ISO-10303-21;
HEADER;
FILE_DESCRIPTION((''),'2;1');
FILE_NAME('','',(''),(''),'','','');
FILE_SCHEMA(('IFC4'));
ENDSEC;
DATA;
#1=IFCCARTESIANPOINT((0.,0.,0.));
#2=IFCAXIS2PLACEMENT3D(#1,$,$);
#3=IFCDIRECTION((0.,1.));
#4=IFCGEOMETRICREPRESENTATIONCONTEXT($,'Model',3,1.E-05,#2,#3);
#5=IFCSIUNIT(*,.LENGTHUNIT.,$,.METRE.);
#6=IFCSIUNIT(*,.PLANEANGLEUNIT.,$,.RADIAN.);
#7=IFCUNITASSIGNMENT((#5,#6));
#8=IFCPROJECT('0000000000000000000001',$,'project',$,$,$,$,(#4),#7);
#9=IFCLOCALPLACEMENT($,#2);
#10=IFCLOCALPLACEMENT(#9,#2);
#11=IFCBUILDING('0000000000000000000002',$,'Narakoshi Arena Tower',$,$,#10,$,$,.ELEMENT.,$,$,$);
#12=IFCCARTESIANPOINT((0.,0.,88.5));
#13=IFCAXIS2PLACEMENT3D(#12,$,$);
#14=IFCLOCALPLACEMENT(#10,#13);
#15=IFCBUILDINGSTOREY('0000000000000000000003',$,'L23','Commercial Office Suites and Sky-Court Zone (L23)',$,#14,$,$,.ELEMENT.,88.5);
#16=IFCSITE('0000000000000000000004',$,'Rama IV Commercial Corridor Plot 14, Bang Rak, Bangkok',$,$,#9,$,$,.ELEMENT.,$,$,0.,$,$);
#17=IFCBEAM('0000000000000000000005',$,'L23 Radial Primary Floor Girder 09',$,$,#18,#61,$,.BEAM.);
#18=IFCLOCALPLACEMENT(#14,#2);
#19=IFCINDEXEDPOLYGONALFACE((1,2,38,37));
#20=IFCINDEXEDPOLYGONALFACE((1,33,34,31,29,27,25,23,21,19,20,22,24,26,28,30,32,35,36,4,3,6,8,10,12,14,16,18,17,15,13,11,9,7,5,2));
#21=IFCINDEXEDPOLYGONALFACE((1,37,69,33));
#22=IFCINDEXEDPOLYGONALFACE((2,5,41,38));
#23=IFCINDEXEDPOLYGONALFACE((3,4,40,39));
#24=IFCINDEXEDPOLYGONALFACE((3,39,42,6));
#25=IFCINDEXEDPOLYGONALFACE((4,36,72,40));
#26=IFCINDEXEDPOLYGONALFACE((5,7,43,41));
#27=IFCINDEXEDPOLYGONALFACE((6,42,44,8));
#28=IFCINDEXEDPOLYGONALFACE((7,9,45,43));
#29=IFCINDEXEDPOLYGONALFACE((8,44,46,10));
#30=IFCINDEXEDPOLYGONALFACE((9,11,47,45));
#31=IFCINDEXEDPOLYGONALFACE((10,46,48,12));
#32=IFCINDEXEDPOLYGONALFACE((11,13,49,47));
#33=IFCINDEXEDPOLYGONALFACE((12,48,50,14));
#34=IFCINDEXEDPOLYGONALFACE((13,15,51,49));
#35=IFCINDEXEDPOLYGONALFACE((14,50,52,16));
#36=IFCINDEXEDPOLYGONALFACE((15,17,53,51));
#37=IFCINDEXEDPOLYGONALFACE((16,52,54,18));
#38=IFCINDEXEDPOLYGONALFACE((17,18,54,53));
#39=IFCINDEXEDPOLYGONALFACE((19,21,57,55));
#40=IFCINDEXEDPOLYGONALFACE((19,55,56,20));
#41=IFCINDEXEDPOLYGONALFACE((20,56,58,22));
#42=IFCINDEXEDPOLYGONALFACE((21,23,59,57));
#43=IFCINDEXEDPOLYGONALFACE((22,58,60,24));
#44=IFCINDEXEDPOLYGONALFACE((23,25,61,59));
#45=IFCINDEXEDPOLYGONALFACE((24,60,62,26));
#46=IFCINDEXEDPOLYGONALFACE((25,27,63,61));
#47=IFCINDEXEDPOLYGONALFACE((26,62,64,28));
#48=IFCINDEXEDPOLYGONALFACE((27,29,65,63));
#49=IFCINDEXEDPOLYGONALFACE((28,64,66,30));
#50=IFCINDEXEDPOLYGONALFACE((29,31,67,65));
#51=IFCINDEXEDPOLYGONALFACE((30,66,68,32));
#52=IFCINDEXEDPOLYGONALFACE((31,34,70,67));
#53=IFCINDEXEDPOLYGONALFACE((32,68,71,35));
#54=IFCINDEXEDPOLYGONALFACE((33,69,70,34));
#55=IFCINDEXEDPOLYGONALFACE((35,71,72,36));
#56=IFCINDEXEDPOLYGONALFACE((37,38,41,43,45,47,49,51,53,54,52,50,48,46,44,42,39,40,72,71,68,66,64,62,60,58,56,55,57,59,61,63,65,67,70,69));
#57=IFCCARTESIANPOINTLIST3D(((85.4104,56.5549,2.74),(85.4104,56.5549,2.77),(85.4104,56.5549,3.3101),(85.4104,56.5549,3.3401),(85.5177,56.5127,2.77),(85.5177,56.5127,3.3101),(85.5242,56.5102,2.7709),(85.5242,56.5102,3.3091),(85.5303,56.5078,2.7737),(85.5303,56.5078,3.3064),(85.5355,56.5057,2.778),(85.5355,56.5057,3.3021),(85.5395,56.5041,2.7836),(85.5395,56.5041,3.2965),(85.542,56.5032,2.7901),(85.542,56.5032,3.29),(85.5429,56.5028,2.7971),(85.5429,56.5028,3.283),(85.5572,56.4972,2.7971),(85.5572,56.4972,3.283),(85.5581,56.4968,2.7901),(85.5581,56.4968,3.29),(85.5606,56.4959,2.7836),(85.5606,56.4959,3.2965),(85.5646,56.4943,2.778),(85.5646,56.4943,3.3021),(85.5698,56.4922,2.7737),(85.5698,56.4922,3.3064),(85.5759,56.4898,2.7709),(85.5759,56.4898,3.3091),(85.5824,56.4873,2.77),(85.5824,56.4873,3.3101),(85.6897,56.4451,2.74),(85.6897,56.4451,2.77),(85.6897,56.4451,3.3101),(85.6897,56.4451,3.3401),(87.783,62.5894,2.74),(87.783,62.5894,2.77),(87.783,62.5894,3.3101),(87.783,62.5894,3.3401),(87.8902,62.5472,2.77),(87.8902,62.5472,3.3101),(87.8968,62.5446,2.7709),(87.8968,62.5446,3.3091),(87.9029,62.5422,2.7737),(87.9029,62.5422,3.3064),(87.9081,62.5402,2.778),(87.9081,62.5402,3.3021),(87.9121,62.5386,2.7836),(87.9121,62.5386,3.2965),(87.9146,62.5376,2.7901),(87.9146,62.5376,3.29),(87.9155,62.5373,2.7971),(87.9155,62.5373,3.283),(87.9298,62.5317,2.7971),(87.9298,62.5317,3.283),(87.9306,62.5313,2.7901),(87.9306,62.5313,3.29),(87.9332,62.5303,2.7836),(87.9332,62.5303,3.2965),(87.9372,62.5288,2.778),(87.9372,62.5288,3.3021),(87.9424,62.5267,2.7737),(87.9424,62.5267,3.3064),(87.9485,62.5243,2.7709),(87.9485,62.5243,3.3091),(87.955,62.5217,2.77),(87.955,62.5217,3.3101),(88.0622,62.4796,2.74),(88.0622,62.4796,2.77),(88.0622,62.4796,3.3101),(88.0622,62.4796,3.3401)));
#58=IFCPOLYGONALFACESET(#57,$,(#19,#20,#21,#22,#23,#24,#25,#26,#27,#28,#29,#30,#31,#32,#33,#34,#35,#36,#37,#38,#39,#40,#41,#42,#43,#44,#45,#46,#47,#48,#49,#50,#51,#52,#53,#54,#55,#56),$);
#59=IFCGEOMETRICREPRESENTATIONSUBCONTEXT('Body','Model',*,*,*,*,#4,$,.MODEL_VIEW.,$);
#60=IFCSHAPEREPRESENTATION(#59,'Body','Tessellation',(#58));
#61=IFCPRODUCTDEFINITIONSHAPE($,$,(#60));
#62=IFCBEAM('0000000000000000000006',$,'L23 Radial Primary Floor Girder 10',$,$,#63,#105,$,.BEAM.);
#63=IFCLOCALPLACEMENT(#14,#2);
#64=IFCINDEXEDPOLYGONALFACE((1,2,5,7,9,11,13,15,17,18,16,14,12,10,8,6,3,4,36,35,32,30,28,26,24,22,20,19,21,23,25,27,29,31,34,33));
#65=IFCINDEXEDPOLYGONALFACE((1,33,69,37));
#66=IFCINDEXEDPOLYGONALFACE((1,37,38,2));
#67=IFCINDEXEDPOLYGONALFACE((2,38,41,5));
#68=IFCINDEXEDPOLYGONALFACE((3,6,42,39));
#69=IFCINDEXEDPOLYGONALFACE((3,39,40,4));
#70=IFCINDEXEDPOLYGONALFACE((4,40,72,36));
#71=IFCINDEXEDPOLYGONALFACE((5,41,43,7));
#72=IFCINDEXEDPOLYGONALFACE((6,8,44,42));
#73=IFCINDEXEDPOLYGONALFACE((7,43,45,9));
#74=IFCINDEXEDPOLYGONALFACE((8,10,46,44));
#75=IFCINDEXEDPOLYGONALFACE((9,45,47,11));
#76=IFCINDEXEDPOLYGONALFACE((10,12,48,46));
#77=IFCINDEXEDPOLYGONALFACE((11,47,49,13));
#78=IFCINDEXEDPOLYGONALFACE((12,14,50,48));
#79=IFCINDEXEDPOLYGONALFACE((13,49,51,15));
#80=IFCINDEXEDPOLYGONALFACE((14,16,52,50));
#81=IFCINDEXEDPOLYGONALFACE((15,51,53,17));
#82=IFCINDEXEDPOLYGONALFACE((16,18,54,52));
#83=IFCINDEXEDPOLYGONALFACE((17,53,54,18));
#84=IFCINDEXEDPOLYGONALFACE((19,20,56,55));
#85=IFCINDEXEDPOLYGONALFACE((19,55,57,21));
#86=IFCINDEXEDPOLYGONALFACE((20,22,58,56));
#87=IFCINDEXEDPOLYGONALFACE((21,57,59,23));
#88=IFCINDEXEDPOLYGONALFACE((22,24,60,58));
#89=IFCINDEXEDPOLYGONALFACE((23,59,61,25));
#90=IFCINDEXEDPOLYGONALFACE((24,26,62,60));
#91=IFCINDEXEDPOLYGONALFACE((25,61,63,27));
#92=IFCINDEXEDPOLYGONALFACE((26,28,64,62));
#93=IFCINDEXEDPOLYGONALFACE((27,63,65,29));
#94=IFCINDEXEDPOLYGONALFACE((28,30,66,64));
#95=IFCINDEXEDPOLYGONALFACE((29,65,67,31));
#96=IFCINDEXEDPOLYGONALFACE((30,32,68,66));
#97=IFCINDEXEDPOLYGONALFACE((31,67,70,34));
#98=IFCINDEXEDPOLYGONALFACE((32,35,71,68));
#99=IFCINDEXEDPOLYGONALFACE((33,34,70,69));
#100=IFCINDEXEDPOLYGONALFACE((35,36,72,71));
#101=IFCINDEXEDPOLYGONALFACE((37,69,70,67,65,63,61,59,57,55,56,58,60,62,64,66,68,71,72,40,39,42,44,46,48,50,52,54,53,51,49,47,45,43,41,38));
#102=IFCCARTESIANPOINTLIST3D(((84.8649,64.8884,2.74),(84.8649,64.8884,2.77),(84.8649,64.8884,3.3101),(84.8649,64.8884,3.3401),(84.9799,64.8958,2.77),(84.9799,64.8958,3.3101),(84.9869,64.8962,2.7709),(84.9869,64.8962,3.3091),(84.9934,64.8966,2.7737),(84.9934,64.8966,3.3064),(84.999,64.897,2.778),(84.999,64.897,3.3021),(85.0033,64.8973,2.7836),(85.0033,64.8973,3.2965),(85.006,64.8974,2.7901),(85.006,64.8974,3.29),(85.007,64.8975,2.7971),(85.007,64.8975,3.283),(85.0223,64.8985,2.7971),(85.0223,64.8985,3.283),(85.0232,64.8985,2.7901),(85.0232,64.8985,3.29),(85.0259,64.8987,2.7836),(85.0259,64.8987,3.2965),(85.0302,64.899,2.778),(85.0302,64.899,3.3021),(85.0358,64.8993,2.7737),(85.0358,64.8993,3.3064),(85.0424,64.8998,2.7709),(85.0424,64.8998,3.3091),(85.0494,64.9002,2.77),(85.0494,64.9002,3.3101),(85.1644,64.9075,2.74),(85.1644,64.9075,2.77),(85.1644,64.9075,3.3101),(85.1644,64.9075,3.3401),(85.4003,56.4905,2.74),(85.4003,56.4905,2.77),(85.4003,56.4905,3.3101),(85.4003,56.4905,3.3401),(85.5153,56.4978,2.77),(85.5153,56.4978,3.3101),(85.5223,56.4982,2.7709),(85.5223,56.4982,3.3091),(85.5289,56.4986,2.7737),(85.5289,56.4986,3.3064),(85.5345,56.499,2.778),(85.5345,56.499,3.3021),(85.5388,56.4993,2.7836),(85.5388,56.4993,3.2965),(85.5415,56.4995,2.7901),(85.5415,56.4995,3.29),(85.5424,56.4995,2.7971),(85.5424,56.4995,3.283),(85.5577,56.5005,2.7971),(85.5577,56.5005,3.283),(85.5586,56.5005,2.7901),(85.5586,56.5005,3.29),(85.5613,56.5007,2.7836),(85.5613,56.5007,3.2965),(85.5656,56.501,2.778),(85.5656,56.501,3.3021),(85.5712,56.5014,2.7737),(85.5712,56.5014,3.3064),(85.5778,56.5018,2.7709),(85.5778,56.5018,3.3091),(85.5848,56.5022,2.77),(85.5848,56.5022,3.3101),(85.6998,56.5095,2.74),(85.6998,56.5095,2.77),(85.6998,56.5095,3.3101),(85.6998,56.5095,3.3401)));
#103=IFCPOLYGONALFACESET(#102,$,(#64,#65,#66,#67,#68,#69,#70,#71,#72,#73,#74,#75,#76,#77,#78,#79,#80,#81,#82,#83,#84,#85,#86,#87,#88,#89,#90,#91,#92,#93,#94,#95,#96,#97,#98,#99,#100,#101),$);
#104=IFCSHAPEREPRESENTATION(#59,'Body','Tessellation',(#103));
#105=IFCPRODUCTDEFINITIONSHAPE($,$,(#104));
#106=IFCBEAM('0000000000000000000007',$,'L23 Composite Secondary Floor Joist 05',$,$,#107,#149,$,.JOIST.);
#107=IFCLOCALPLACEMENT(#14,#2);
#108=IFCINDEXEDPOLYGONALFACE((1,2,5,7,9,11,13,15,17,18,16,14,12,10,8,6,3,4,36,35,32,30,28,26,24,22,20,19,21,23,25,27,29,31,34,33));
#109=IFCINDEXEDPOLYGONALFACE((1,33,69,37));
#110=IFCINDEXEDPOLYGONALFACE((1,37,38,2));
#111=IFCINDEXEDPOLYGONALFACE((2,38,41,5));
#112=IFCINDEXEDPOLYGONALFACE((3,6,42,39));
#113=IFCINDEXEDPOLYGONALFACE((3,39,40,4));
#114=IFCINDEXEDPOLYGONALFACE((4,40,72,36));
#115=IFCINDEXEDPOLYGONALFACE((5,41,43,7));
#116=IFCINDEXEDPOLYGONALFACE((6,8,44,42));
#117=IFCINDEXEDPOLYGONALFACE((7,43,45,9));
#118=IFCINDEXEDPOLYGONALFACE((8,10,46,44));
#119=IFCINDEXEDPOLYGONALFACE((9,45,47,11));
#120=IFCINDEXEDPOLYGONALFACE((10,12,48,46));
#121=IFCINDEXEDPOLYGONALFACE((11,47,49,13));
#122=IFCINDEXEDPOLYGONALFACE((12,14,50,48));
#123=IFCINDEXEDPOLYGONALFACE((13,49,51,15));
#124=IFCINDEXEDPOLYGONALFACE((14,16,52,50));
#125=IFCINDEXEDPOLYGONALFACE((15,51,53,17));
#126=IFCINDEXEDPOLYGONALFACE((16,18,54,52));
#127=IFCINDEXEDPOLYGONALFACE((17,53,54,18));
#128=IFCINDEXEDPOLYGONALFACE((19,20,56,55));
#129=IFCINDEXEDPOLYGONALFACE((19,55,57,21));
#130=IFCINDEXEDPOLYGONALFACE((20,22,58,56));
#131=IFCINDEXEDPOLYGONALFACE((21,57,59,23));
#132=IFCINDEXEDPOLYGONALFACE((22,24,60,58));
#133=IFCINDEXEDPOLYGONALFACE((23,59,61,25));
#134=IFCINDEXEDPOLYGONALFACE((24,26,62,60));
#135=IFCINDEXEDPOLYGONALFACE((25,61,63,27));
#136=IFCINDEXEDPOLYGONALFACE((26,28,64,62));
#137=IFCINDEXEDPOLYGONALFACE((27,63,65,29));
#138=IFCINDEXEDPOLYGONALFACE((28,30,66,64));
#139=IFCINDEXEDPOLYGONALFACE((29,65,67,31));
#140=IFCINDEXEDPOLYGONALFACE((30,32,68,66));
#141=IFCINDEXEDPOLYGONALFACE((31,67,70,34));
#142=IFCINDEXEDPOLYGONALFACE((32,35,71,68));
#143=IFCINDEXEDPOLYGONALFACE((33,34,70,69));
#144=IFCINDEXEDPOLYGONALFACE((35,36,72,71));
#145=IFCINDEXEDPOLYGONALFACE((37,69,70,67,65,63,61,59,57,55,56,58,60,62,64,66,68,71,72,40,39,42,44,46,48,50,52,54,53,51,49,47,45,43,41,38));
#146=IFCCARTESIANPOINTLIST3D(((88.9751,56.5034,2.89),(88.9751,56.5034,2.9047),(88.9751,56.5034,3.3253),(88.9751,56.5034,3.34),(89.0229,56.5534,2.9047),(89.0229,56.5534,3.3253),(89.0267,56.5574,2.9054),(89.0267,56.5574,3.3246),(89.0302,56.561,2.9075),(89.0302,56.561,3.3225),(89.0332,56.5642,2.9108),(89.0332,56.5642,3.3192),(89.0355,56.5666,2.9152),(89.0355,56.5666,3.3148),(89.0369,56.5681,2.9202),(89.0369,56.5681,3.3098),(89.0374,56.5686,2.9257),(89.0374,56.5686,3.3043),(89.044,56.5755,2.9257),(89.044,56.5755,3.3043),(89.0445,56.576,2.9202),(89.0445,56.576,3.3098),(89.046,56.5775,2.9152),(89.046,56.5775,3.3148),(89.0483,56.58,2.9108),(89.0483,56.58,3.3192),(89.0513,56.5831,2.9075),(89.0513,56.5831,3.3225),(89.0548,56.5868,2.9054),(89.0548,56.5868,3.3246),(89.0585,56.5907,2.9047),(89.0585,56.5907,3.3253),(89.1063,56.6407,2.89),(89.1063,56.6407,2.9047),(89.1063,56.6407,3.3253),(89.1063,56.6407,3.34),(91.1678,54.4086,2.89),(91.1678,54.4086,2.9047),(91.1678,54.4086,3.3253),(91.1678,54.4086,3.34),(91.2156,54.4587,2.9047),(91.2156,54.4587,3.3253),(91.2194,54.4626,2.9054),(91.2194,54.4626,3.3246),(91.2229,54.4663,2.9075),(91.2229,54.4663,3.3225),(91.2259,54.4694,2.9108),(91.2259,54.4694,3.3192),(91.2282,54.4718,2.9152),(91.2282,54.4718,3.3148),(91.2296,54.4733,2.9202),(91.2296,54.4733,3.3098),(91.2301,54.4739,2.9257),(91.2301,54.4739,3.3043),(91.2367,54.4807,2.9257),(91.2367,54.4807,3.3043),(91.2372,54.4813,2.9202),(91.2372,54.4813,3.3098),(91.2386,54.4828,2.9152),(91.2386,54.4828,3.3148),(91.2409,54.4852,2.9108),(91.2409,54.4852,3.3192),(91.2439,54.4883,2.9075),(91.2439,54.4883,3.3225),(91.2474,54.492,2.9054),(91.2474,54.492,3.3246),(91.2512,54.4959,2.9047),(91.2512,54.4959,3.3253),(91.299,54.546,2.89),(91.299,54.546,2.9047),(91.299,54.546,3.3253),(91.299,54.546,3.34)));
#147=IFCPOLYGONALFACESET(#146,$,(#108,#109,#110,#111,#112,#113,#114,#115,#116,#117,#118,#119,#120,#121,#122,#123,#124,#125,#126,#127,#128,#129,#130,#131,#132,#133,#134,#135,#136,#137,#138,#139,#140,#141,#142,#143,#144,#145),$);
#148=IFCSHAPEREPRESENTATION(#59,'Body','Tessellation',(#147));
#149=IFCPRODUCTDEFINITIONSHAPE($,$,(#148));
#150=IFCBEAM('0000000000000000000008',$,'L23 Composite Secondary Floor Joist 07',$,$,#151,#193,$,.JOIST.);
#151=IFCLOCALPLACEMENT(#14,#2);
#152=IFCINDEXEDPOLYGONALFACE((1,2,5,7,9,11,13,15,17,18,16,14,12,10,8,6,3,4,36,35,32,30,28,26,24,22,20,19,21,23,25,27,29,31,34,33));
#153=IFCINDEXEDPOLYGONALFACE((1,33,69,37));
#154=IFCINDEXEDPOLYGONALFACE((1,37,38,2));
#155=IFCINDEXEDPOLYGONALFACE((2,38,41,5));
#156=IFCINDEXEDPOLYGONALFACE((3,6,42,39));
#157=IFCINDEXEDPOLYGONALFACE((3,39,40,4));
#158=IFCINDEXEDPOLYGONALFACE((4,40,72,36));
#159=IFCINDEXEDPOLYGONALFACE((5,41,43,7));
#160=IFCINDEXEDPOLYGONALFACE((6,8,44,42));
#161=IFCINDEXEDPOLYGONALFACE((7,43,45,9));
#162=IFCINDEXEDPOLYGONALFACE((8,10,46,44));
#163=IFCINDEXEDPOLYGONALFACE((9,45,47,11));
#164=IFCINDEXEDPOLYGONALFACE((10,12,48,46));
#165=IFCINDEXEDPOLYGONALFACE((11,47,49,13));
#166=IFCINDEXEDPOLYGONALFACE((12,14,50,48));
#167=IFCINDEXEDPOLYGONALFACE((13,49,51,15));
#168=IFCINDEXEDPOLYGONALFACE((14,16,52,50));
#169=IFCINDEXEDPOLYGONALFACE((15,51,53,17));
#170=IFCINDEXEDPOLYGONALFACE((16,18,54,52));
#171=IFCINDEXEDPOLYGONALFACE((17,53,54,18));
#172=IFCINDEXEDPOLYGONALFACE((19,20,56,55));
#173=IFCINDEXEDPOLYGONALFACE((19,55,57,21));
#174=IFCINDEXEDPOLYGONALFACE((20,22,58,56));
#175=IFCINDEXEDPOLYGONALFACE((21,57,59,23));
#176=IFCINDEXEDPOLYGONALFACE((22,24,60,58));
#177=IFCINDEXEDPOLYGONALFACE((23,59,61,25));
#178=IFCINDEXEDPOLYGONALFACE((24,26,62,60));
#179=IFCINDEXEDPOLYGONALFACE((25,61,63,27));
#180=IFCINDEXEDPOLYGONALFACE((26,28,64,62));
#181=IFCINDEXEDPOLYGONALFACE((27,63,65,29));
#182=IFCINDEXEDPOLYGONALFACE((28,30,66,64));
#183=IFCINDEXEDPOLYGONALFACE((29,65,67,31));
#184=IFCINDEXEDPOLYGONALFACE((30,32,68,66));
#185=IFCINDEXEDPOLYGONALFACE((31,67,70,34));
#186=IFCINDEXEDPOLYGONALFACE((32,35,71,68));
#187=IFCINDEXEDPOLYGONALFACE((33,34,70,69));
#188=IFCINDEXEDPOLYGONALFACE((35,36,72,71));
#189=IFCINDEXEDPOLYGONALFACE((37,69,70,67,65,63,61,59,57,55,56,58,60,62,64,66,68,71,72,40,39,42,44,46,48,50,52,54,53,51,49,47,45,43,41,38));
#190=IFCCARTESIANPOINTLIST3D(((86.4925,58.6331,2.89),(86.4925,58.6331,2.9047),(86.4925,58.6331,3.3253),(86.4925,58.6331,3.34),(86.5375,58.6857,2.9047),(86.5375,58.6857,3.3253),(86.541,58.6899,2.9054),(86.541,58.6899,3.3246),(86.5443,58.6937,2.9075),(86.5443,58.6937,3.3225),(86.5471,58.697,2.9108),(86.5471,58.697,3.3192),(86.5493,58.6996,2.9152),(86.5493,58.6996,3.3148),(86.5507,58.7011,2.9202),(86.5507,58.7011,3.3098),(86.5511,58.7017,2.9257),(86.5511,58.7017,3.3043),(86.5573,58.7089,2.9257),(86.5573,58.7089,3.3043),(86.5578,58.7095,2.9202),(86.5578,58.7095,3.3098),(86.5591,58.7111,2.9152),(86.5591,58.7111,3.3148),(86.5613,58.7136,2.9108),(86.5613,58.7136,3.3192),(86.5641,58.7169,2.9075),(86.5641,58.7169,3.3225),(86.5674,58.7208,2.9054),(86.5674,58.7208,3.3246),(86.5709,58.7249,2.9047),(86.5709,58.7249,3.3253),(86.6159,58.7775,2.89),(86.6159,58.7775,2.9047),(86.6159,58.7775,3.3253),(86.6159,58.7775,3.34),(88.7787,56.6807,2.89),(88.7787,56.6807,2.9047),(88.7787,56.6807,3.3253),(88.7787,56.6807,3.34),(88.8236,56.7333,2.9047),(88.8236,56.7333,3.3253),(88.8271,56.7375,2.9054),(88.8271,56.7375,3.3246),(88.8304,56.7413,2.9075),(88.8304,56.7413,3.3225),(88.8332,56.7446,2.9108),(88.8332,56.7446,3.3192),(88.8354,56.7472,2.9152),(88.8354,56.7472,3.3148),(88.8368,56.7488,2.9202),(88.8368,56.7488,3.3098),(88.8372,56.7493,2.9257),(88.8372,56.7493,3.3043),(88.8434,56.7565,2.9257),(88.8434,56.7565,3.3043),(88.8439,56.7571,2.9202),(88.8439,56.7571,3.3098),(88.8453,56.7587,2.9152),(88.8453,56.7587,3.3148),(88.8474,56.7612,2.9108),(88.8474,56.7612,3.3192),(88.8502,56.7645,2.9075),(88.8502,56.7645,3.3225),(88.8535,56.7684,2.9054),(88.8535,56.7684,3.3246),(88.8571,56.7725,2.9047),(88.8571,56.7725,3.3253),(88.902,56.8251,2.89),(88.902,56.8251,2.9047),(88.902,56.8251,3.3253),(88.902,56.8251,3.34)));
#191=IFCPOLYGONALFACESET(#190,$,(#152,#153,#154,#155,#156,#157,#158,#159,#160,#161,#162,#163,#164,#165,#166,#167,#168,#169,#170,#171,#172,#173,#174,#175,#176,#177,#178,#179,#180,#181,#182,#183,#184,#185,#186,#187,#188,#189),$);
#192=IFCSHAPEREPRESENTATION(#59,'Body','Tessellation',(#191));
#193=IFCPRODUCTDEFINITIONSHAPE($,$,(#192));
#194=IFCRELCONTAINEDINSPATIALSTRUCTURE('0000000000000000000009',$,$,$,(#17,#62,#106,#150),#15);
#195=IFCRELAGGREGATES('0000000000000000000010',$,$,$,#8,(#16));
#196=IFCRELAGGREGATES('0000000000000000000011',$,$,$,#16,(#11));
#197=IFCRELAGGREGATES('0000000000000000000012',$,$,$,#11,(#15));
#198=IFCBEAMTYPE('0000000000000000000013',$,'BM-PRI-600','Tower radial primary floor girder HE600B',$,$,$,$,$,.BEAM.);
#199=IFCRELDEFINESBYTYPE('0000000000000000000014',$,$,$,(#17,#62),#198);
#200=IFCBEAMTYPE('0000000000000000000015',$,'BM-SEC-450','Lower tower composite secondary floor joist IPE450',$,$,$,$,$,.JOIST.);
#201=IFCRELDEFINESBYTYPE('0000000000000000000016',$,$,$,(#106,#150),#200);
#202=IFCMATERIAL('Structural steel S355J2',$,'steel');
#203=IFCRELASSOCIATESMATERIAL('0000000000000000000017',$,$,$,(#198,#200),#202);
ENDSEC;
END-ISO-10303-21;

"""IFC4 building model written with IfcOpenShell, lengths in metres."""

from ifc_helpers import new_model, si_unit, direction, frame, origin, origin_2d, place, context, subcontext, project, spatial, i_section, extrude, material, material_profile, profile_set, type_object, element, save


model = new_model("IFC4")

# Units and contexts
model_context = context("Model", 3, precision=1e-05, world=origin(), true_north=direction((0.0, 1.0)))
body_context = subcontext(model_context, "Body", "Model", "MODEL_VIEW")
ifc_project = project(units=[si_unit("LENGTHUNIT", "METRE"), si_unit("PLANEANGLEUNIT", "RADIAN")], contexts=[model_context])

# Site, building, storey
site_placement = place(None, origin())
site = spatial("IfcSite", under=ifc_project, at=site_placement, Name="Rama IV Commercial Corridor Plot 14, Bang Rak, Bangkok", CompositionType="ELEMENT", RefElevation=0.0)
building_placement = place(site_placement, origin())
building = spatial("IfcBuilding", under=site, at=building_placement, Name="Narakoshi Arena Tower", CompositionType="ELEMENT")
storey_placement = place(building_placement, frame((0.0, 0.0, 88.5)))
storey = spatial("IfcBuildingStorey", under=building, at=storey_placement, Name="L23", Description="Commercial Office Suites and Sky-Court Zone (L23)", CompositionType="ELEMENT", Elevation=88.5)

# Beams
ifc_material_1 = material(Name="Structural steel S355J2", Category="steel")
ifc_material_profile_1 = material_profile(ifc_material_1, i_section(OverallWidth=0.3, OverallDepth=0.6001, WebThickness=0.0154, FlangeThickness=0.03, FilletRadius=0.0271, at=origin_2d()), Name="HE600B")
ifc_profile_set_1 = profile_set([ifc_material_profile_1], Name="Structural steel S355J2")
beam_type_1 = type_object("IfcBeamType", Name="BM-PRI-600", Description="Tower radial primary floor girder HE600B", PredefinedType="BEAM", material=ifc_profile_set_1)
beam_1_placement = place(storey_placement, frame((85.55, 56.5, 3.04), z_axis=(0.365905, 0.930652, 0.0), x_axis=(-0.930652, 0.365905, 0.0)))
element("IfcBeam", 1, at=beam_1_placement, inside=storey, type_object=beam_type_1, Name="L23 Radial Primary Floor Girder 09", PredefinedType="BEAM", context=body_context, shape_type="SweptSolid", body=[
    extrude(i_section(OverallWidth=0.3, OverallDepth=0.6001, WebThickness=0.0154, FlangeThickness=0.03, FilletRadius=0.0271, at=origin_2d()), origin(), (0.0, 0.0, 1.0), 6.4841),
])
beam_2_placement = place(storey_placement, frame((85.55, 56.5, 3.04), z_axis=(-0.063625, 0.997974, 0.0), x_axis=(-0.997974, -0.063625, 0.0)))
element("IfcBeam", 2, at=beam_2_placement, inside=storey, type_object=beam_type_1, Name="L23 Radial Primary Floor Girder 10", PredefinedType="BEAM", context=body_context, shape_type="SweptSolid", body=[
    extrude(i_section(OverallWidth=0.3, OverallDepth=0.6001, WebThickness=0.0154, FlangeThickness=0.03, FilletRadius=0.0271, at=origin_2d()), origin(), (0.0, 0.0, 1.0), 8.415),
])
ifc_material_profile_2 = material_profile(ifc_material_1, i_section(OverallWidth=0.1899, OverallDepth=0.45, WebThickness=0.0095, FlangeThickness=0.0146, FilletRadius=0.021, at=origin_2d()), Name="IPE450")
ifc_profile_set_2 = profile_set([ifc_material_profile_2], Name="Structural steel S355J2")
beam_type_2 = type_object("IfcBeamType", Name="BM-SEC-450", Description="Lower tower composite secondary floor joist IPE450", PredefinedType="JOIST", material=ifc_profile_set_2)
beam_3_placement = place(storey_placement, frame((91.2334, 54.4773, 3.115), z_axis=(-0.723065, 0.69078, 0.0), x_axis=(-0.69078, -0.723065, 0.0)))
element("IfcBeam", 3, at=beam_3_placement, inside=storey, type_object=beam_type_2, Name="L23 Composite Secondary Floor Joist 05", PredefinedType="JOIST", context=body_context, shape_type="SweptSolid", body=[
    extrude(i_section(OverallWidth=0.1899, OverallDepth=0.45, WebThickness=0.0095, FlangeThickness=0.0146, FilletRadius=0.021, at=origin_2d()), origin(), (0.0, 0.0, 1.0), 3.0325),
])
beam_4_placement = place(storey_placement, frame((88.8403, 56.7529, 3.115), z_axis=(-0.76043, 0.649419, 0.0), x_axis=(-0.649419, -0.76043, 0.0)))
element("IfcBeam", 4, at=beam_4_placement, inside=storey, type_object=beam_type_2, Name="L23 Composite Secondary Floor Joist 07", PredefinedType="JOIST", context=body_context, shape_type="SweptSolid", body=[
    extrude(i_section(OverallWidth=0.1899, OverallDepth=0.45, WebThickness=0.0095, FlangeThickness=0.0146, FilletRadius=0.021, at=origin_2d()), origin(), (0.0, 0.0, 1.0), 3.0063),
])

save(model, "model.ifc")
